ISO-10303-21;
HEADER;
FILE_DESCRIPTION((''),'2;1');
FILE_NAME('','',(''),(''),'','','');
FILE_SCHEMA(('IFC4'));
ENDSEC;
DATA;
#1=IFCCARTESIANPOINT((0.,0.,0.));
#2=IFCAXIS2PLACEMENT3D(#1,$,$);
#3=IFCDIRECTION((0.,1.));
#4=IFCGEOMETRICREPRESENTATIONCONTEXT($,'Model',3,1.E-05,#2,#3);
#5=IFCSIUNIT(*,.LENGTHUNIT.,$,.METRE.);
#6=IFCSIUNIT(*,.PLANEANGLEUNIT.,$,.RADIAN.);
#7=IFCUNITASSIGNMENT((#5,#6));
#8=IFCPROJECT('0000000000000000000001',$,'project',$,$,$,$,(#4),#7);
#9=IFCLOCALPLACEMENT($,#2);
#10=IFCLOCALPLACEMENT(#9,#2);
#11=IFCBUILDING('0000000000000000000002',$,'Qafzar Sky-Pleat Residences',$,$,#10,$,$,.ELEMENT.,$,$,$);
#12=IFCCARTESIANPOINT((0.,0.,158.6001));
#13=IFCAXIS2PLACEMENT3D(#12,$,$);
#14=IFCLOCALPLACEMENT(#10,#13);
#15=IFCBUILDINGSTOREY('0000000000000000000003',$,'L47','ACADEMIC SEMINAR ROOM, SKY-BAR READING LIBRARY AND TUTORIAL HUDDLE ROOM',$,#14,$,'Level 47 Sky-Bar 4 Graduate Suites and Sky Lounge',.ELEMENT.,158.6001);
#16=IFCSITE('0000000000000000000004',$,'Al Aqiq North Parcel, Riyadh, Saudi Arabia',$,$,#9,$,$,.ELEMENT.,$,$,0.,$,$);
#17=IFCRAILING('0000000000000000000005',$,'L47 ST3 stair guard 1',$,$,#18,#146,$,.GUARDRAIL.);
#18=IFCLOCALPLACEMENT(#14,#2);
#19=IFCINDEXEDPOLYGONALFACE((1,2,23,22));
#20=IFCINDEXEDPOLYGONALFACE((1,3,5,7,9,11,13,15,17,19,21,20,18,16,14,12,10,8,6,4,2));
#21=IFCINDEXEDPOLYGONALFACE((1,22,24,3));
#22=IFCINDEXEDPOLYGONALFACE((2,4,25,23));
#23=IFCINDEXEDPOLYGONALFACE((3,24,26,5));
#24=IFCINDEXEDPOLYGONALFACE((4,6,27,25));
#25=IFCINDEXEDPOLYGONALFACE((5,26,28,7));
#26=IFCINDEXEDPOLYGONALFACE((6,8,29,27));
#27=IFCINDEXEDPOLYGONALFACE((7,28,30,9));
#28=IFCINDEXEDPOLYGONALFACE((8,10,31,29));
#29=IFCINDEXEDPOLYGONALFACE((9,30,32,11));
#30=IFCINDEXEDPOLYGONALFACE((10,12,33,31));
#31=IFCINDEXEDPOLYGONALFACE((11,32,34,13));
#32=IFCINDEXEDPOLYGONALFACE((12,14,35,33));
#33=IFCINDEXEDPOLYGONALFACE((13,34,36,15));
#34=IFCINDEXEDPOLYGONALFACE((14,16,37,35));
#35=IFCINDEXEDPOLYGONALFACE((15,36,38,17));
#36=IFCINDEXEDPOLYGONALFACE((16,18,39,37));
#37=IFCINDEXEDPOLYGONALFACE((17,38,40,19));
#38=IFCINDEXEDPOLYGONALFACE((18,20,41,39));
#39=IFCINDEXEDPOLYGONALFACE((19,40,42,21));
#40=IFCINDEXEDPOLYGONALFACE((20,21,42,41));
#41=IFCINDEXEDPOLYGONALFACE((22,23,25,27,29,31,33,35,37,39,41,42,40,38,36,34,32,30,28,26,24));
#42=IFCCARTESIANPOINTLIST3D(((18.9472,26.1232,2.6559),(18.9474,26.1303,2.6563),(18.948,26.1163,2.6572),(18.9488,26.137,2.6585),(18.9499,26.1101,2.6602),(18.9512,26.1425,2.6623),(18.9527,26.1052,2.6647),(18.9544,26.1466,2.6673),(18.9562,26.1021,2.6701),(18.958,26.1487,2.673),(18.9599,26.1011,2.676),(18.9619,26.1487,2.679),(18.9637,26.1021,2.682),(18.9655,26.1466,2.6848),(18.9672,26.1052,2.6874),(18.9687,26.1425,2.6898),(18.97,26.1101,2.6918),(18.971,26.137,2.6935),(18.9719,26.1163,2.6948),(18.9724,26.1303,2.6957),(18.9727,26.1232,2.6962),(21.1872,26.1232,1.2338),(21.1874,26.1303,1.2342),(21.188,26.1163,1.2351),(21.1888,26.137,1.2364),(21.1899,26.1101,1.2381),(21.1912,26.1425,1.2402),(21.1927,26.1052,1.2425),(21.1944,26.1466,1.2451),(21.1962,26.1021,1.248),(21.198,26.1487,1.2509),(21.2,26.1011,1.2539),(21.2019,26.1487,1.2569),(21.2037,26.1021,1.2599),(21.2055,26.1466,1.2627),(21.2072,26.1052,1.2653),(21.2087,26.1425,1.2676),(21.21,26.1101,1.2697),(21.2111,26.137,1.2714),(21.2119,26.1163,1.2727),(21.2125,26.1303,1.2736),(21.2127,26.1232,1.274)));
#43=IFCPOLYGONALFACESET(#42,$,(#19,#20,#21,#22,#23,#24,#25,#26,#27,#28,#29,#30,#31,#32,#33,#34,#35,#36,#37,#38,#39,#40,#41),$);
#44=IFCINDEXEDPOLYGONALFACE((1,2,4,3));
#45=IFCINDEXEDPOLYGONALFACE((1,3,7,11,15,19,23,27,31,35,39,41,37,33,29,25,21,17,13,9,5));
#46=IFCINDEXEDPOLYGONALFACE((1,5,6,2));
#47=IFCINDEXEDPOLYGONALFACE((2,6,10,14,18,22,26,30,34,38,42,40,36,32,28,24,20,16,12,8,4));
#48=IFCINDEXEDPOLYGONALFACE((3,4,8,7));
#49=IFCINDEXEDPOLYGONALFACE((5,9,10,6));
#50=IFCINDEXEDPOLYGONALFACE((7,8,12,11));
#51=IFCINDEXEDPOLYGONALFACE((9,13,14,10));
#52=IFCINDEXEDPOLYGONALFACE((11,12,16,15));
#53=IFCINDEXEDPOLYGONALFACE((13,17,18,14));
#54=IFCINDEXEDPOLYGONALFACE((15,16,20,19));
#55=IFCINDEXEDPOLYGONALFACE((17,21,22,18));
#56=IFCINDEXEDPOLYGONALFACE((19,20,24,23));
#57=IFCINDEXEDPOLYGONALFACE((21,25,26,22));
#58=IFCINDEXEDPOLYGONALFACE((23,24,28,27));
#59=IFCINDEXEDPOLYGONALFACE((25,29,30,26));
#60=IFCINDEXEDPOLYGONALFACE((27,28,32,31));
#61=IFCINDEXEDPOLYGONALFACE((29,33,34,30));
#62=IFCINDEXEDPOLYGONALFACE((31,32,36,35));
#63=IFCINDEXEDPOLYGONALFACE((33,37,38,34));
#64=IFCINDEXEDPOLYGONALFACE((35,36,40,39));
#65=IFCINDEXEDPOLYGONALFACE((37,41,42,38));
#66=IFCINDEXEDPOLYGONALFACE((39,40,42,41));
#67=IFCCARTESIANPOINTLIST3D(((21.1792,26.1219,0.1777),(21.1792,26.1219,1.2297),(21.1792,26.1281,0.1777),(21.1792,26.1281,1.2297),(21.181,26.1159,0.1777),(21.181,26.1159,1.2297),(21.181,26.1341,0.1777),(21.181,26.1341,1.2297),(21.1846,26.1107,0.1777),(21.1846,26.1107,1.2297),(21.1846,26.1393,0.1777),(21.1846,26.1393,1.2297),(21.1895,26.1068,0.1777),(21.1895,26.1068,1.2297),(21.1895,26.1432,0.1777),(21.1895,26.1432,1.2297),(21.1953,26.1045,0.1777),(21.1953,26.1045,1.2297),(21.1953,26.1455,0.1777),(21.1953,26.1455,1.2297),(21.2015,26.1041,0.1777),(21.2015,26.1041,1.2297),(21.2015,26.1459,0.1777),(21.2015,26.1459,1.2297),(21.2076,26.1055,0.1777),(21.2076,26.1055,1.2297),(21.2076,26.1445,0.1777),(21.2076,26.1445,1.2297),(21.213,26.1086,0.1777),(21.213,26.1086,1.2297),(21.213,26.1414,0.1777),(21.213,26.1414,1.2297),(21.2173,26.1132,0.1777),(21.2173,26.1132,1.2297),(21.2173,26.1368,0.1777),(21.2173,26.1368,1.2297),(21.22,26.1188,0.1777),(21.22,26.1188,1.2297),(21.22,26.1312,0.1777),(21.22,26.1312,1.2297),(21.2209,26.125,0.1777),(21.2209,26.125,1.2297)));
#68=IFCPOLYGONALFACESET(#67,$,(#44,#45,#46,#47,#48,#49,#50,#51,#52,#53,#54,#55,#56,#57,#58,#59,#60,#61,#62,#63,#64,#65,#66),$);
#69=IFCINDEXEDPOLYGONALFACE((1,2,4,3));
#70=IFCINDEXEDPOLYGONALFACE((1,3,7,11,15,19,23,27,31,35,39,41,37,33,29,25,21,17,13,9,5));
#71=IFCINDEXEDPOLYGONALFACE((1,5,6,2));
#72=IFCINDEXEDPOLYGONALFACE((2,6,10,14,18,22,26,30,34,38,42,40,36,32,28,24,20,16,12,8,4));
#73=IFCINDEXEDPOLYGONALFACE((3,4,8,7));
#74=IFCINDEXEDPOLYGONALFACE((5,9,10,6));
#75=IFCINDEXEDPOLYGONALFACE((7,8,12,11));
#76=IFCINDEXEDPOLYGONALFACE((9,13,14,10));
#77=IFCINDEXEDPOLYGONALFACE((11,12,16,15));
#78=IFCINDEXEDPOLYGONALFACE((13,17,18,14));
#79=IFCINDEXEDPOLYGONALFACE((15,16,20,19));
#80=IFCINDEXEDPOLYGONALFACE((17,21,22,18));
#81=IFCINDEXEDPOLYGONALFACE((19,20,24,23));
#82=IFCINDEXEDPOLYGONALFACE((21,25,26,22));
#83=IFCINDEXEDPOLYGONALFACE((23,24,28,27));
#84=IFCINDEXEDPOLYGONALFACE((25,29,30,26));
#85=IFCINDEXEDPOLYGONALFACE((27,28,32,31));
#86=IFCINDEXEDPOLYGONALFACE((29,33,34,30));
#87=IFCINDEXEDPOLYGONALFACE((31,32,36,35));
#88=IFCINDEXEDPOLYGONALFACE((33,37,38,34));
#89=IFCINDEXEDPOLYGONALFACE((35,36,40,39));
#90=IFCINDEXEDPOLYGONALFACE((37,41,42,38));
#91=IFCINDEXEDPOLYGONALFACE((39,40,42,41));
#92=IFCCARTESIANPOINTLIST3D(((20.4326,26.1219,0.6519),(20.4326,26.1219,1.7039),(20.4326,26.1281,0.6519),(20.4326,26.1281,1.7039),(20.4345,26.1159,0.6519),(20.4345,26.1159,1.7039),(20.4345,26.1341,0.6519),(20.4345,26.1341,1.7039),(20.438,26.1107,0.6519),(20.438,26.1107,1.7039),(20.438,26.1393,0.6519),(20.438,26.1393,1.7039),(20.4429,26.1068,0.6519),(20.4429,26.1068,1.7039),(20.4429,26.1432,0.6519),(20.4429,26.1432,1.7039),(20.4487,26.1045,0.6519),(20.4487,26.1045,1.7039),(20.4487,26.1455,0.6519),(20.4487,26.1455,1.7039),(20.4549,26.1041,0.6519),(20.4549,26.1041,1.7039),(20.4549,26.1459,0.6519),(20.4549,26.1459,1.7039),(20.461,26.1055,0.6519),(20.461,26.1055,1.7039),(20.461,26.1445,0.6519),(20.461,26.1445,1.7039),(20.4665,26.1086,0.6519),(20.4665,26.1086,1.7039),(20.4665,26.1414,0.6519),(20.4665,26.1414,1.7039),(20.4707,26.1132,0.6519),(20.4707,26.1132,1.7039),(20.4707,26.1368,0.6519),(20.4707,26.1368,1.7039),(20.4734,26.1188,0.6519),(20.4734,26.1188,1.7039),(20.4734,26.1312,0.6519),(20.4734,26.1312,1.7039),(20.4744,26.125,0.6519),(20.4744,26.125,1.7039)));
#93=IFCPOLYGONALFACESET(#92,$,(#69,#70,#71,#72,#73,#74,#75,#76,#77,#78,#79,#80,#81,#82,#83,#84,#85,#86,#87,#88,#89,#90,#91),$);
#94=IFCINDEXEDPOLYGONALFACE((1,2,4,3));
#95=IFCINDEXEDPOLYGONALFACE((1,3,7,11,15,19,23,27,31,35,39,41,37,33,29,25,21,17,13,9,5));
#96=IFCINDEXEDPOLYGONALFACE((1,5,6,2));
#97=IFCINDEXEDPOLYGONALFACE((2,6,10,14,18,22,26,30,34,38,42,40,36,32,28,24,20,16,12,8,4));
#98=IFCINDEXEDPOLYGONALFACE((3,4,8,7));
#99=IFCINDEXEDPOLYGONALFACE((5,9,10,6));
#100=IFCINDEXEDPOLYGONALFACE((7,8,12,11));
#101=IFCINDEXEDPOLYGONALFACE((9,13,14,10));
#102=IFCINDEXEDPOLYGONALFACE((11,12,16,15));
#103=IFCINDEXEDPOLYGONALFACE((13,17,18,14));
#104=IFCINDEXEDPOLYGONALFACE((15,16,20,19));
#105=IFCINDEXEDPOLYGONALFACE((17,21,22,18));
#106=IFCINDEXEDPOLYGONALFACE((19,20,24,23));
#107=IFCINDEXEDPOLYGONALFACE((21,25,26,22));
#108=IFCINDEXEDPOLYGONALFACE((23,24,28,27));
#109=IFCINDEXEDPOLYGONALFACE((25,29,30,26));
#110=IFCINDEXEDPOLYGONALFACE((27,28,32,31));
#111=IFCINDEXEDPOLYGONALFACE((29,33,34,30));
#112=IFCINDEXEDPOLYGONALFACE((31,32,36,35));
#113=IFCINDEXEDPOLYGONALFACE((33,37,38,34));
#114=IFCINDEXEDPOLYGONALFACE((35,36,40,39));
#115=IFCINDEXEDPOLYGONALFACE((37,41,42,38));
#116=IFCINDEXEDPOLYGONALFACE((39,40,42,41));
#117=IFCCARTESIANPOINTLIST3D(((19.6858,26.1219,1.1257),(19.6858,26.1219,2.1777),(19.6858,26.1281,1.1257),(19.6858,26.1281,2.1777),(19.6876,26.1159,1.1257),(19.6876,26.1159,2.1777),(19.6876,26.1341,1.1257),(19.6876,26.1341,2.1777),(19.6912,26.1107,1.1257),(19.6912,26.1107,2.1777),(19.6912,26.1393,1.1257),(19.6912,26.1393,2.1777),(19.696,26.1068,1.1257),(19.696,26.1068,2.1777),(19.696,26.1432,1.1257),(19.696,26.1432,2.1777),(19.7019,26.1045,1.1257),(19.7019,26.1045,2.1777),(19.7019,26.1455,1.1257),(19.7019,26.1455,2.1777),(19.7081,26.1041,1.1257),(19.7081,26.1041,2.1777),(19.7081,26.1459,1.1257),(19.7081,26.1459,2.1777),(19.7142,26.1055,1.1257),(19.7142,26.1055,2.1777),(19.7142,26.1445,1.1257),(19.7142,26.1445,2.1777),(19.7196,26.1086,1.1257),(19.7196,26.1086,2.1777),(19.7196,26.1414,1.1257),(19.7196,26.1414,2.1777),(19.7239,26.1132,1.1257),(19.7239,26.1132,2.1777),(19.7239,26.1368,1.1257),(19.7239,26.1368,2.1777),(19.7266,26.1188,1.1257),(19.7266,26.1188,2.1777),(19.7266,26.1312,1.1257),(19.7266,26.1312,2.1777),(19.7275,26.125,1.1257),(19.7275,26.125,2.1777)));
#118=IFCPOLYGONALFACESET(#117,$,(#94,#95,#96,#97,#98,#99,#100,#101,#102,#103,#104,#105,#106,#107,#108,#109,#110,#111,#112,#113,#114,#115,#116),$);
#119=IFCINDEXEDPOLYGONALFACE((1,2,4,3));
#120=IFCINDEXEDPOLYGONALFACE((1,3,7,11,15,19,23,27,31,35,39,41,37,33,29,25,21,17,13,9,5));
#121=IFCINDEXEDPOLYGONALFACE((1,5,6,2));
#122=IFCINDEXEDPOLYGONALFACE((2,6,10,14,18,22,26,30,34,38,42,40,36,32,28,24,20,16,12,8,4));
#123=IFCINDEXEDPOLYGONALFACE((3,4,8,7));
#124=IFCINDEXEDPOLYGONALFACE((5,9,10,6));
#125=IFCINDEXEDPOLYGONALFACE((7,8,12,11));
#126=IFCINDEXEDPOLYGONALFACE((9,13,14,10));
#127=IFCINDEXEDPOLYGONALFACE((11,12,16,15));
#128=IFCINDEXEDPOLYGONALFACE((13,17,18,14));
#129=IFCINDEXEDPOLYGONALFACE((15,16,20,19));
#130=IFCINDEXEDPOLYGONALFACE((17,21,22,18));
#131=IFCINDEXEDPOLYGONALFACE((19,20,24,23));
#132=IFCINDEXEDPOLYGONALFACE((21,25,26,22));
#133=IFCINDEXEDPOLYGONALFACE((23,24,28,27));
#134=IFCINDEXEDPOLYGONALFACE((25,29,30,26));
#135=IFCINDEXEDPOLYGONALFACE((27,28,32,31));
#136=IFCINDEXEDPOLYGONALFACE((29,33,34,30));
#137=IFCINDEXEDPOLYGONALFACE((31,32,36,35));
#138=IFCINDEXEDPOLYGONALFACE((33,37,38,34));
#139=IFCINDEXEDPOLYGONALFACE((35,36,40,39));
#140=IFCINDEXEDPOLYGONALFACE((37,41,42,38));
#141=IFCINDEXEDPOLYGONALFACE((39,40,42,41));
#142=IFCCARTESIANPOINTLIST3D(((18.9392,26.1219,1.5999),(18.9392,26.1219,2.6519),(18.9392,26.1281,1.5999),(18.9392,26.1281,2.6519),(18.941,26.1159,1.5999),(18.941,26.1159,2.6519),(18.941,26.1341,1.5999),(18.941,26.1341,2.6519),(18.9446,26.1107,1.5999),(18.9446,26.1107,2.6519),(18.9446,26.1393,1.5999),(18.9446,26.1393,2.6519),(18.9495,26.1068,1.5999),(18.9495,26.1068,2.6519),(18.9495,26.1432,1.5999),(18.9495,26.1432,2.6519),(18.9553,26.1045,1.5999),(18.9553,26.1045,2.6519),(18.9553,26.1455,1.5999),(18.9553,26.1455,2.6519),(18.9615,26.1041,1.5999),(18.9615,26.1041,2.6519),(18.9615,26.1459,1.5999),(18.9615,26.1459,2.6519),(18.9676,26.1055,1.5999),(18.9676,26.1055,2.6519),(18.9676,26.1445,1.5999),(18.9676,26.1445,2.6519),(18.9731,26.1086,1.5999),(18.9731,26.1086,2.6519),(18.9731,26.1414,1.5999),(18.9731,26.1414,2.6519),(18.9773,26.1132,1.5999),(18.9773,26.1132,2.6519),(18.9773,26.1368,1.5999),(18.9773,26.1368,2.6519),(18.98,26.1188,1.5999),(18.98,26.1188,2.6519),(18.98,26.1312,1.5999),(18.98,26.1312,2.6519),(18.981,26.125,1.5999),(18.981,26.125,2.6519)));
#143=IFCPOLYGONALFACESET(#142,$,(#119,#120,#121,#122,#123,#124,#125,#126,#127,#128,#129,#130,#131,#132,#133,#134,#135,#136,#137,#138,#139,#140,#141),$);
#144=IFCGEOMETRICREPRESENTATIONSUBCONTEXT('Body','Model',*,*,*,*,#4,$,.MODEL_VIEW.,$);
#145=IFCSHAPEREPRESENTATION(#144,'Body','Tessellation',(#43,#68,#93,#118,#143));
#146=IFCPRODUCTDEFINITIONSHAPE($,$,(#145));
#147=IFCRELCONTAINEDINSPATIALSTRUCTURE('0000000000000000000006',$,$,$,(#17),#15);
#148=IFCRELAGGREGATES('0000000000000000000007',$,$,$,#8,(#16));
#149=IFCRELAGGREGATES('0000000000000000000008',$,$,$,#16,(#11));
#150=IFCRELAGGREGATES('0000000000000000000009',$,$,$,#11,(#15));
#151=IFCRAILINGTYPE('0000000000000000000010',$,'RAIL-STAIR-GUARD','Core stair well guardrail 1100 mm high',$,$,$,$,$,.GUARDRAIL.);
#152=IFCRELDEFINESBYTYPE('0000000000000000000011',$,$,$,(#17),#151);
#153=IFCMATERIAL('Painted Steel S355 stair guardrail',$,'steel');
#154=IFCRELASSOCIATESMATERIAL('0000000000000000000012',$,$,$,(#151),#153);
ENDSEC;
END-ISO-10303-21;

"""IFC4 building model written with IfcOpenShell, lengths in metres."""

from ifc_helpers import new_model, si_unit, direction, frame, origin, origin_2d, place, context, subcontext, project, spatial, circle, extrude, source, transform, mapped, material, type_object, element, save


model = new_model("IFC4")

# Units and contexts
model_context = context("Model", 3, precision=1e-05, world=origin(), true_north=direction((0.0, 1.0)))
body_context = subcontext(model_context, "Body", "Model", "MODEL_VIEW")
ifc_project = project(units=[si_unit("LENGTHUNIT", "METRE"), si_unit("PLANEANGLEUNIT", "RADIAN")], contexts=[model_context])

# Site, building, storey
site_placement = place(None, origin())
site = spatial("IfcSite", under=ifc_project, at=site_placement, Name="Al Aqiq North Parcel, Riyadh, Saudi Arabia", CompositionType="ELEMENT", RefElevation=0.0)
building_placement = place(site_placement, origin())
building = spatial("IfcBuilding", under=site, at=building_placement, Name="Qafzar Sky-Pleat Residences", CompositionType="ELEMENT")
storey_placement = place(building_placement, frame((0.0, 0.0, 158.6001)))
storey = spatial("IfcBuildingStorey", under=building, at=storey_placement, Name="L47", Description="ACADEMIC SEMINAR ROOM, SKY-BAR READING LIBRARY AND TUTORIAL HUDDLE ROOM", LongName="Level 47 Sky-Bar 4 Graduate Suites and Sky Lounge", CompositionType="ELEMENT", Elevation=158.6001)

# Railing
ifc_material_1 = material(Name="Painted Steel S355 stair guardrail", Category="steel")
railing_type_1 = type_object("IfcRailingType", Name="RAIL-STAIR-GUARD", Description="Core stair well guardrail 1100 mm high", PredefinedType="GUARDRAIL", material=ifc_material_1)
shared_shape_1 = source(origin(), body_context, "Body", "SweptSolid", [
    extrude(circle(Radius=0.0239, at=origin_2d()), frame((0.0, 0.0, 1.0762), z_axis=(-0.844229, 0.0, 0.535982), x_axis=(0.0, -1.0, 0.0)), (0.0, 0.0, 1.0), 2.6533),
    extrude(circle(Radius=0.021, at=origin_2d()), origin(), (0.0, 0.0, 1.0), 1.052),
    extrude(circle(Radius=0.021, at=origin_2d()), frame((-0.7466, 0.0, 0.4741)), (0.0, 0.0, 1.0), 1.052),
    extrude(circle(Radius=0.021, at=origin_2d()), frame((-1.4934, 0.0, 0.948)), (0.0, 0.0, 1.0), 1.052),
    extrude(circle(Radius=0.021, at=origin_2d()), frame((-2.24, 0.0, 1.4221)), (0.0, 0.0, 1.0), 1.052),
])
railing_1_placement = place(storey_placement, frame((21.2, 26.125, 0.1777)))
element("IfcRailing", 1, at=railing_1_placement, inside=storey, type_object=railing_type_1, Name="L47 ST3 stair guard 1", PredefinedType="GUARDRAIL", context=body_context, shape_type="MappedRepresentation", body=[
    mapped(shared_shape_1, transform((0.0, 0.0, 0.0), x_axis=(1.0, 0.0, 0.0), y_axis=(0.0, 1.0, 0.0), z_axis=(0.0, 0.0, 1.0), scale=1.0)),
])

save(model, "model.ifc")
